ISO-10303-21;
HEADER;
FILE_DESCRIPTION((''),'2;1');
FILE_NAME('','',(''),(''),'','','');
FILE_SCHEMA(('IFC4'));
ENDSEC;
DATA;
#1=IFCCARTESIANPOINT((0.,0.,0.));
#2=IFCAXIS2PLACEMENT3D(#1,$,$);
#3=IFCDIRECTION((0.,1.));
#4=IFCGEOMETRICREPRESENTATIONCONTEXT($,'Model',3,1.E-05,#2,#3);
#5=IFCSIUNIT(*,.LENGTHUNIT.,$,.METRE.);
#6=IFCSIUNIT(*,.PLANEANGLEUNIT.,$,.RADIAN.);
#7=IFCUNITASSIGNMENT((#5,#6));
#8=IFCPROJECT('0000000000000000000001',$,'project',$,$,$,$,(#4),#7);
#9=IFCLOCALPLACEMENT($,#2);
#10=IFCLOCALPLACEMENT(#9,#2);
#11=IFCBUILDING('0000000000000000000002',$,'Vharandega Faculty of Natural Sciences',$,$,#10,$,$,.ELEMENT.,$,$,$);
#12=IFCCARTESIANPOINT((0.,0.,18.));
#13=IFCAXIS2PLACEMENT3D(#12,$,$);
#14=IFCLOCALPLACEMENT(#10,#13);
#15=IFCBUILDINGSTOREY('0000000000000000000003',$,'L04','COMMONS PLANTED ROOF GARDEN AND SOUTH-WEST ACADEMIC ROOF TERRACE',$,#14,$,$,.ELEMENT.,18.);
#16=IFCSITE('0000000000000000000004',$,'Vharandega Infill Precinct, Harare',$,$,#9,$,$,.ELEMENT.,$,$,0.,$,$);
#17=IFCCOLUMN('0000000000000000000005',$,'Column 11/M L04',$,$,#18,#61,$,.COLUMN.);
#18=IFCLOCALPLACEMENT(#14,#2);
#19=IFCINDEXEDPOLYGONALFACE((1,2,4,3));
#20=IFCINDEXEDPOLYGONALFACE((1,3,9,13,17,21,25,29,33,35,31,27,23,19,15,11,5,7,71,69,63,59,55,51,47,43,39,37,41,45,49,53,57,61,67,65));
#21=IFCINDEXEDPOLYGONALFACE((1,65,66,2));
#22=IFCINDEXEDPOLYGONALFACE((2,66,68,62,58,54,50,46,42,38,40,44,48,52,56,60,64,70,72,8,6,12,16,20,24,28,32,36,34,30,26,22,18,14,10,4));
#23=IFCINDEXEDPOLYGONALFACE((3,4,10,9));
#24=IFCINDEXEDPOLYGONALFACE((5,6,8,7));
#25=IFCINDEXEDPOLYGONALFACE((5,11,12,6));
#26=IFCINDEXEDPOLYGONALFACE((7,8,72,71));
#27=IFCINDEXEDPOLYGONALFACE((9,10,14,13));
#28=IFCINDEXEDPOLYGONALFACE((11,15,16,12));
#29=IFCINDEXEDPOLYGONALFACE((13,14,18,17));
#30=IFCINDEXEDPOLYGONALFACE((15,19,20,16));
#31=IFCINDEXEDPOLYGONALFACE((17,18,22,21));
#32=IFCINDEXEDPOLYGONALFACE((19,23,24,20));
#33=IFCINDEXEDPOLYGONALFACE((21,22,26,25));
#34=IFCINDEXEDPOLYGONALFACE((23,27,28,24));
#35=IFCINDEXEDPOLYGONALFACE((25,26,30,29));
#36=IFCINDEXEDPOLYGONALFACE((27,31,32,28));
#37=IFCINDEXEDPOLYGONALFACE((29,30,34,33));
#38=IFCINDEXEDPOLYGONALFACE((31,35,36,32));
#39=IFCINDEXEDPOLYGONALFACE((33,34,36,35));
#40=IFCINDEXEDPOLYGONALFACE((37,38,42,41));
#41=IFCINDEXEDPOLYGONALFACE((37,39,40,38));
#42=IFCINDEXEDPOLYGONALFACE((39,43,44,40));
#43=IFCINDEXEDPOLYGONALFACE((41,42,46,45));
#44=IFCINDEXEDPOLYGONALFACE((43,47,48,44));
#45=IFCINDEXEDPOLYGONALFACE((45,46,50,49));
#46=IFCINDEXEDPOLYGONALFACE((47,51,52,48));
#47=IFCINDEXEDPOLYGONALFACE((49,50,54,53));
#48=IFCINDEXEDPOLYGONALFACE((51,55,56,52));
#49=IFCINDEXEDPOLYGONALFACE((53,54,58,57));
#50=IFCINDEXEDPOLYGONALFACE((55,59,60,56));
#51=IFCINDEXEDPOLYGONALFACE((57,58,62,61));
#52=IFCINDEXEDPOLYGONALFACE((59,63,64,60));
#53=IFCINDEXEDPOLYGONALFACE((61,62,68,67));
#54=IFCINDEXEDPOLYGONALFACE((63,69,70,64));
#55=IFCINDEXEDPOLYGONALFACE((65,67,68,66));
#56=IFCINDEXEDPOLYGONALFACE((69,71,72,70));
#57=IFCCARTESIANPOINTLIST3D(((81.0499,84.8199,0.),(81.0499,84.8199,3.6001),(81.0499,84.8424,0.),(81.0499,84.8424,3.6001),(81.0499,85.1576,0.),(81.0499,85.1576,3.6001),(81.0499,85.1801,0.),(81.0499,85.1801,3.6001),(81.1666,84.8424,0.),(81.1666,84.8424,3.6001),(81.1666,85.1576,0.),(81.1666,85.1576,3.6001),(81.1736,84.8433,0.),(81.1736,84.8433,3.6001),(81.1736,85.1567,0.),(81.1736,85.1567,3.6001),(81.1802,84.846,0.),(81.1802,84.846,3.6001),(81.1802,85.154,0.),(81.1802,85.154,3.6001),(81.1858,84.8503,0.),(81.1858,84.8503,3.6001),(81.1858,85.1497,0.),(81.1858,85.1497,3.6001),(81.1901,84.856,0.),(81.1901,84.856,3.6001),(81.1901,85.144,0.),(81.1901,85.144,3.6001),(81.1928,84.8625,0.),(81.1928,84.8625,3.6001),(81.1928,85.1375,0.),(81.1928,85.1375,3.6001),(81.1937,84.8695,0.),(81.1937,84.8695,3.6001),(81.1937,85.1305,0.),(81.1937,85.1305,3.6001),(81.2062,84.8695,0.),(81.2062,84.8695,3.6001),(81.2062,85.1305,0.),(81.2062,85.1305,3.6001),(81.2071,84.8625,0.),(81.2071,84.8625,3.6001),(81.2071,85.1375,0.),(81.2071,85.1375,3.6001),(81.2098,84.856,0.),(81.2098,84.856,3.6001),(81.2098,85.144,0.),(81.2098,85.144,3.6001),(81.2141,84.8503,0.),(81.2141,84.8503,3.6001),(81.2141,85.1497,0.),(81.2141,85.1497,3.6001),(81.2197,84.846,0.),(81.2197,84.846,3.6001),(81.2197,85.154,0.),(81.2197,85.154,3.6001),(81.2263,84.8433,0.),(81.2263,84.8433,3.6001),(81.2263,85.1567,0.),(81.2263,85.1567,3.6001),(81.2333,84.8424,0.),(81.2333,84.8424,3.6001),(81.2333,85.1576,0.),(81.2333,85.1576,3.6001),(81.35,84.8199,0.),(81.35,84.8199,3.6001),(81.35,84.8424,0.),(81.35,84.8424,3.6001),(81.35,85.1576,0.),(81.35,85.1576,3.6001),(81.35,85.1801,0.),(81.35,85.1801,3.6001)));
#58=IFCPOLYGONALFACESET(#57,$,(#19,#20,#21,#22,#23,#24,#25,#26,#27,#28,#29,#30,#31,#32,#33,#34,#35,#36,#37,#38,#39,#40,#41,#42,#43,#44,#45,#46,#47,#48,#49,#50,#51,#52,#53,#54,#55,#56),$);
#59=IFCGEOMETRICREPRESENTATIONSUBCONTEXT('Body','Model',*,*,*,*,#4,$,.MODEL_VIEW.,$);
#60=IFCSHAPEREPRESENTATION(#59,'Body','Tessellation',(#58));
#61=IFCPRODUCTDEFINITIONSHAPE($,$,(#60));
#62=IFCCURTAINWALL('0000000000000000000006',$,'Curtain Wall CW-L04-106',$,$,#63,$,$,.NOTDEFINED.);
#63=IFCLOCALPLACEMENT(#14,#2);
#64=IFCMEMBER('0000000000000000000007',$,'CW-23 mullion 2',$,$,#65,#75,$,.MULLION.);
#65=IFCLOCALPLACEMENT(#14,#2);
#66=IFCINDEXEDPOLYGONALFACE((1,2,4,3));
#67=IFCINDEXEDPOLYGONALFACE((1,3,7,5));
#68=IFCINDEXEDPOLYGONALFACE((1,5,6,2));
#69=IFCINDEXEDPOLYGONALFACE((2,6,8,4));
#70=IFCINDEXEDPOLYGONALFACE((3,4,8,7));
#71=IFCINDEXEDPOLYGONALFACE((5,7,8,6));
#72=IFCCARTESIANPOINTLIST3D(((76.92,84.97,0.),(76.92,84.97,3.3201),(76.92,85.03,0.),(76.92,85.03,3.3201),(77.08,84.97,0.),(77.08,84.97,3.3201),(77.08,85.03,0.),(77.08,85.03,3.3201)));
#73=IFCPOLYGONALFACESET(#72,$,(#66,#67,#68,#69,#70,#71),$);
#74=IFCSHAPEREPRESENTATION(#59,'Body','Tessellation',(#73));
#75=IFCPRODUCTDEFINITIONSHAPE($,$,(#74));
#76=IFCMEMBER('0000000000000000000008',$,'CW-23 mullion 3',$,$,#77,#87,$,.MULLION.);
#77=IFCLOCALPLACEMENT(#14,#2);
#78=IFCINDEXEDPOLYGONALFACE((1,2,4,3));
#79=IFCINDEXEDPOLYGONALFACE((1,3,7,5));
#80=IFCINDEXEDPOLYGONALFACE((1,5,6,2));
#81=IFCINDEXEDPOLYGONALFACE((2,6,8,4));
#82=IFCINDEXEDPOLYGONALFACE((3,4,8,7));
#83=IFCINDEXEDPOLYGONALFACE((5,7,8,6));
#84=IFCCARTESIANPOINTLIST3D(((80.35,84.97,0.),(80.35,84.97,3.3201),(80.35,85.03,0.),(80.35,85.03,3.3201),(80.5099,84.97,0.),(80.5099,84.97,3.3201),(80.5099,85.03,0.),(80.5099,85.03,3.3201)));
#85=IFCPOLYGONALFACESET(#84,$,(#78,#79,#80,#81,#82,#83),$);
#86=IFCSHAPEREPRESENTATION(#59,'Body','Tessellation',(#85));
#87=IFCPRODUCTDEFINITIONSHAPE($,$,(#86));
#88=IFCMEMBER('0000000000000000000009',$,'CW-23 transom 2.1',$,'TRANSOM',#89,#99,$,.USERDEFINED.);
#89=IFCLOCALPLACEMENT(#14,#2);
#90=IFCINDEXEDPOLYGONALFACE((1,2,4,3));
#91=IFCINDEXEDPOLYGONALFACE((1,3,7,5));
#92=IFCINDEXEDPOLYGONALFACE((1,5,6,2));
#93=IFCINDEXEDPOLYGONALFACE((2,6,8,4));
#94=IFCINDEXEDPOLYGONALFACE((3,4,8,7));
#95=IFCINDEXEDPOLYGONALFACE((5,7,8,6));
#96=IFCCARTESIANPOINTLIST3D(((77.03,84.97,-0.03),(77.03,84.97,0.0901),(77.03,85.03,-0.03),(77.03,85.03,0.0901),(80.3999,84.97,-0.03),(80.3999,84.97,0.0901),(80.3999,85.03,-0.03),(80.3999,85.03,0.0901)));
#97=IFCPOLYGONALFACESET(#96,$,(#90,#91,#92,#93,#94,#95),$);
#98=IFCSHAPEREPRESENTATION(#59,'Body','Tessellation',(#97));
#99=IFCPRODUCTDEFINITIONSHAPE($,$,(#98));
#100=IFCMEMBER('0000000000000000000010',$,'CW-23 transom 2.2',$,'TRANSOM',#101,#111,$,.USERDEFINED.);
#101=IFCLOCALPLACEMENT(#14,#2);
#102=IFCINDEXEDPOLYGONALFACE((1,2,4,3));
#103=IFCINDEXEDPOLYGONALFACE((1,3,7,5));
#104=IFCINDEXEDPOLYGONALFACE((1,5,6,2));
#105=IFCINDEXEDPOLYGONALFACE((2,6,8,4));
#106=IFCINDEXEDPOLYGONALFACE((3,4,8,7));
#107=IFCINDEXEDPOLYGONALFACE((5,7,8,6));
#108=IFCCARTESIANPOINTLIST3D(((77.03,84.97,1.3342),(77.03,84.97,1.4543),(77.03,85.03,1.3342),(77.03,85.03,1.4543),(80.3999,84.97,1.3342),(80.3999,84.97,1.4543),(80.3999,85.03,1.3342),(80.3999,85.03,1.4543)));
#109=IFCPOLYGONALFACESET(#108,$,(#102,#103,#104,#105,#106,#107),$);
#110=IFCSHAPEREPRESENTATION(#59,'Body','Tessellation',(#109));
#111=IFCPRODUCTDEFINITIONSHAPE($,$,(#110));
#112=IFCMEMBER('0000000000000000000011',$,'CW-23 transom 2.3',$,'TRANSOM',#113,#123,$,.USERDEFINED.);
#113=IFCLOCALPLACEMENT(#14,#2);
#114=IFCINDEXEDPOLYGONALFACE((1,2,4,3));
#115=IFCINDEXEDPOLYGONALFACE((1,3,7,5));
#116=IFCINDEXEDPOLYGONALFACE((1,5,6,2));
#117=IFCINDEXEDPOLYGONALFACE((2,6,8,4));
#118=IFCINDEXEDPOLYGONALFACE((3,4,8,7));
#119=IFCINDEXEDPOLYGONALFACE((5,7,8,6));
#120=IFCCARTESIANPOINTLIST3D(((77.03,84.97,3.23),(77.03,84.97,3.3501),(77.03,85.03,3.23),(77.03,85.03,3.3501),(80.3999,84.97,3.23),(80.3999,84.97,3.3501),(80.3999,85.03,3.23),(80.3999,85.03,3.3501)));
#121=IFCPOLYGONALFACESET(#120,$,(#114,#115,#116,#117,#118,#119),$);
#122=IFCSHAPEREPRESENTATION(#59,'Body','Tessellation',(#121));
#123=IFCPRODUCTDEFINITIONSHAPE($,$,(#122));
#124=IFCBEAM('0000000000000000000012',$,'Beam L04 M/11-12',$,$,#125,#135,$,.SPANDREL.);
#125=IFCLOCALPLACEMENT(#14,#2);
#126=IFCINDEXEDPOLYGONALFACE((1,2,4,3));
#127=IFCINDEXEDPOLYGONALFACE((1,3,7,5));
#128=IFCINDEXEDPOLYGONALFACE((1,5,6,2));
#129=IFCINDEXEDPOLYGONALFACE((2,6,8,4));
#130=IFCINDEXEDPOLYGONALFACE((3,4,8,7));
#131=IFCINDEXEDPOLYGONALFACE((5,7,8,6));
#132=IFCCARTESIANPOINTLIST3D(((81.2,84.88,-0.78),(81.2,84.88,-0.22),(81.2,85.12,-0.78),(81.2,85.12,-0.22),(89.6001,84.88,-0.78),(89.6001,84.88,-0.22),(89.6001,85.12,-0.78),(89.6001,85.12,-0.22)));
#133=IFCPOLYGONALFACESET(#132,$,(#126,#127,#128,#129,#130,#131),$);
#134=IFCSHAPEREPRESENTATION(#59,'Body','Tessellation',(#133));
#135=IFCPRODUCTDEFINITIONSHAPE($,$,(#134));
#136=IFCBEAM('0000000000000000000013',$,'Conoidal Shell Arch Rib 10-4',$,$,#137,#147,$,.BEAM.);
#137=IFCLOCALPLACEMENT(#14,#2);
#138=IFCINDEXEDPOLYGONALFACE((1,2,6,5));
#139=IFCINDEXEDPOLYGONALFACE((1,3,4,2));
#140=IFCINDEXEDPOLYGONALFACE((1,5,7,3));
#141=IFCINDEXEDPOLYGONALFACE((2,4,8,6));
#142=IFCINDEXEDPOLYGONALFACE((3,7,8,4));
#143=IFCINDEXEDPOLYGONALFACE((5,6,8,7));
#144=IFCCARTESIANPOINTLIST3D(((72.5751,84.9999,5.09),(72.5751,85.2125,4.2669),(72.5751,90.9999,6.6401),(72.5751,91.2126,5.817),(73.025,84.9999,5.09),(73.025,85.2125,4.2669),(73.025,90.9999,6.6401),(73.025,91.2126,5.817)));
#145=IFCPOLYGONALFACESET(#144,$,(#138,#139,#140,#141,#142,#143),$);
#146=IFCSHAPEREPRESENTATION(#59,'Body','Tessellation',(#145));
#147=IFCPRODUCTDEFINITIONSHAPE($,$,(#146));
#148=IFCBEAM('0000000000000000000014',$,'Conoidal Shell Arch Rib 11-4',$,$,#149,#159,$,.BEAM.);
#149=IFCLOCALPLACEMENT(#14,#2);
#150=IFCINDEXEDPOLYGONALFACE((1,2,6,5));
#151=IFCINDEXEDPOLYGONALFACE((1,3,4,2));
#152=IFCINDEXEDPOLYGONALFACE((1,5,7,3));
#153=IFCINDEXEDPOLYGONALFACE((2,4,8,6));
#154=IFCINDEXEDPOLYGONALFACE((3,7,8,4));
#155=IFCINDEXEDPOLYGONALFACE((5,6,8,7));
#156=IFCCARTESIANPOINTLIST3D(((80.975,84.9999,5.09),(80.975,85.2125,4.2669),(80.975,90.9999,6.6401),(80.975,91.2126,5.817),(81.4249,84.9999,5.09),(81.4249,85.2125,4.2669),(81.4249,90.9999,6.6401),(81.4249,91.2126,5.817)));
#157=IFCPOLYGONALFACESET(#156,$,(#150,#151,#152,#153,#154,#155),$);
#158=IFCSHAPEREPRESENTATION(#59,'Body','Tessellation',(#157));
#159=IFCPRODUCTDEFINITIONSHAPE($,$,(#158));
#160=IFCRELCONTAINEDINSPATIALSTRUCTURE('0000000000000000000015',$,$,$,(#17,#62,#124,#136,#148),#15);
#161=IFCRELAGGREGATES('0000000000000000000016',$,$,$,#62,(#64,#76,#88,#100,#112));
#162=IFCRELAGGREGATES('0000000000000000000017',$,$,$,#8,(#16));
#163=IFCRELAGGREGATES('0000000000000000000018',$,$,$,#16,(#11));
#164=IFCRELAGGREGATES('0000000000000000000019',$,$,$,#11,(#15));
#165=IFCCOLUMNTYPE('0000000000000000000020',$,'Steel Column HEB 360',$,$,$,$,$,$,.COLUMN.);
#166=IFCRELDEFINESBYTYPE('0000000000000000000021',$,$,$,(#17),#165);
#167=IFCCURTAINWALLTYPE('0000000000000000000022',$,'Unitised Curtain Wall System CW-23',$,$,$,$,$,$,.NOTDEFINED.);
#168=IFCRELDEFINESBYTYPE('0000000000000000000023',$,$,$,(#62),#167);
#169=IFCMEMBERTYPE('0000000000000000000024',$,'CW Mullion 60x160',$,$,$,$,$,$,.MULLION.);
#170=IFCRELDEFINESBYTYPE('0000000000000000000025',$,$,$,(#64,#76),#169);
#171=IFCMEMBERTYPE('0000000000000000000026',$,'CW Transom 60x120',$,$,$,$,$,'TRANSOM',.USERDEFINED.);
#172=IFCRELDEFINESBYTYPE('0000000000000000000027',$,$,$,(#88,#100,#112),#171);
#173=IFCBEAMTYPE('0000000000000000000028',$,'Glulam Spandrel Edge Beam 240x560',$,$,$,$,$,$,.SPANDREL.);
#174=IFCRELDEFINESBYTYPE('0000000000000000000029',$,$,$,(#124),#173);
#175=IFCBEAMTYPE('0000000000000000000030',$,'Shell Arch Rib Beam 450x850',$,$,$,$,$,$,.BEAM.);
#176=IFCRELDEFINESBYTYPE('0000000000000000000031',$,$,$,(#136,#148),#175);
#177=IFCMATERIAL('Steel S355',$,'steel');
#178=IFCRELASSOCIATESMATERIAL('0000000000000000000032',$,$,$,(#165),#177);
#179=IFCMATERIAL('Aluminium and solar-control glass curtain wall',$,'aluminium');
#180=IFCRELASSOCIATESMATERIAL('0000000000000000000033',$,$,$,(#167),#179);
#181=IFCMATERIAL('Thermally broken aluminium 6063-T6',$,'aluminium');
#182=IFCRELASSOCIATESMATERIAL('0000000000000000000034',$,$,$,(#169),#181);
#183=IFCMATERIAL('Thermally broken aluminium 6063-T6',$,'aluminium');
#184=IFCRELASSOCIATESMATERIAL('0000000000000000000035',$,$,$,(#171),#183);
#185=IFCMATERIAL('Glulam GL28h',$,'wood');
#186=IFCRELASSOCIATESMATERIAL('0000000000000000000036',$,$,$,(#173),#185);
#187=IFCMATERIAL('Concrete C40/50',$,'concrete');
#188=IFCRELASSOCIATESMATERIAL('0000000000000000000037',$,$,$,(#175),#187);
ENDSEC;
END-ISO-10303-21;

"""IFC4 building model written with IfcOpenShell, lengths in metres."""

from ifc_helpers import new_model, si_unit, direction, frame, origin, origin_2d, place, context, subcontext, project, spatial, rectangle, i_section, extrude, material, material_profile, profile_set, type_object, element, aggregate, save


model = new_model("IFC4")

# Units and contexts
model_context = context("Model", 3, precision=1e-05, world=origin(), true_north=direction((0.0, 1.0)))
body_context = subcontext(model_context, "Body", "Model", "MODEL_VIEW")
ifc_project = project(units=[si_unit("LENGTHUNIT", "METRE"), si_unit("PLANEANGLEUNIT", "RADIAN")], contexts=[model_context])

# Site, building, storey
site_placement = place(None, origin())
site = spatial("IfcSite", under=ifc_project, at=site_placement, Name="Vharandega Infill Precinct, Harare", CompositionType="ELEMENT", RefElevation=0.0)
building_placement = place(site_placement, origin())
building = spatial("IfcBuilding", under=site, at=building_placement, Name="Vharandega Faculty of Natural Sciences", CompositionType="ELEMENT")
storey_placement = place(building_placement, frame((0.0, 0.0, 18.0)))
storey = spatial("IfcBuildingStorey", under=building, at=storey_placement, Name="L04", Description="COMMONS PLANTED ROOF GARDEN AND SOUTH-WEST ACADEMIC ROOF TERRACE", CompositionType="ELEMENT", Elevation=18.0)

# Column
ifc_material_1 = material(Name="Steel S355", Category="steel")
ifc_material_profile_1 = material_profile(ifc_material_1, i_section(OverallWidth=0.3, OverallDepth=0.3601, WebThickness=0.0125, FlangeThickness=0.0225, FilletRadius=0.0271, at=origin_2d()), Name="HEB 360")
ifc_profile_set_1 = profile_set([ifc_material_profile_1], Name="Steel S355")
column_type = type_object("IfcColumnType", Name="Steel Column HEB 360", PredefinedType="COLUMN", material=ifc_profile_set_1)
column_placement = place(storey_placement, frame((81.2, 85.0, 0.0), z_axis=(0.0, 0.0, 1.0), x_axis=(1.0, 0.0, 0.0)))
element("IfcColumn", 1, at=column_placement, inside=storey, type_object=column_type, Name="Column 11/M L04", PredefinedType="COLUMN", context=body_context, shape_type="SweptSolid", body=[
    extrude(i_section(OverallWidth=0.3, OverallDepth=0.3601, WebThickness=0.0125, FlangeThickness=0.0225, FilletRadius=0.0271, at=origin_2d()), origin(), (0.0, 0.0, 1.0), 3.6001),
])

# Curtain wall, members
ifc_material_2 = material(Name="Aluminium and solar-control glass curtain wall", Category="aluminium")
curtain_wall_type = type_object("IfcCurtainWallType", Name="Unitised Curtain Wall System CW-23", PredefinedType="NOTDEFINED", material=ifc_material_2)
curtain_wall_placement = place(storey_placement, origin())
curtain_wall = element("IfcCurtainWall", 2, at=curtain_wall_placement, inside=storey, type_object=curtain_wall_type, Name="Curtain Wall CW-L04-106", PredefinedType="NOTDEFINED")
ifc_material_3 = material(Name="Thermally broken aluminium 6063-T6", Category="aluminium")
ifc_material_profile_2 = material_profile(ifc_material_3, rectangle(XDim=0.0601, YDim=0.1599, at=origin_2d()), Name="ALU 60x160")
ifc_profile_set_2 = profile_set([ifc_material_profile_2], Name="Thermally broken aluminium 6063-T6")
member_type_1 = type_object("IfcMemberType", Name="CW Mullion 60x160", PredefinedType="MULLION", material=ifc_profile_set_2)
member_1_placement = place(storey_placement, frame((77.0, 85.0, 0.0), z_axis=(0.0, 0.0, 1.0), x_axis=(0.0, 1.0, 0.0)))
member_1 = element("IfcMember", 3, at=member_1_placement, type_object=member_type_1, Name="CW-23 mullion 2", PredefinedType="MULLION", context=body_context, shape_type="SweptSolid", body=[
    extrude(rectangle(XDim=0.0601, YDim=0.1599, at=origin_2d()), origin(), (0.0, 0.0, 1.0), 3.3201),
])
member_2_placement = place(storey_placement, frame((80.4299, 85.0, 0.0), z_axis=(0.0, 0.0, 1.0), x_axis=(0.0, 1.0, 0.0)))
member_2 = element("IfcMember", 4, at=member_2_placement, type_object=member_type_1, Name="CW-23 mullion 3", PredefinedType="MULLION", context=body_context, shape_type="SweptSolid", body=[
    extrude(rectangle(XDim=0.0601, YDim=0.1599, at=origin_2d()), origin(), (0.0, 0.0, 1.0), 3.3201),
])
ifc_material_4 = material(Name="Thermally broken aluminium 6063-T6", Category="aluminium")
ifc_material_profile_3 = material_profile(ifc_material_4, rectangle(XDim=0.0601, YDim=0.1201, at=origin_2d()), Name="ALU 60x120")
ifc_profile_set_3 = profile_set([ifc_material_profile_3], Name="Thermally broken aluminium 6063-T6")
member_type_2 = type_object("IfcMemberType", Name="CW Transom 60x120", ElementType="TRANSOM", PredefinedType="USERDEFINED", material=ifc_profile_set_3)
member_3_placement = place(storey_placement, frame((77.03, 85.0, 0.03), z_axis=(1.0, 0.0, 0.0), x_axis=(0.0, 1.0, 0.0)))
member_3 = element("IfcMember", 5, at=member_3_placement, type_object=member_type_2, Name="CW-23 transom 2.1", ObjectType="TRANSOM", PredefinedType="USERDEFINED", context=body_context, shape_type="SweptSolid", body=[
    extrude(rectangle(XDim=0.0601, YDim=0.1201, at=origin_2d()), origin(), (0.0, 0.0, 1.0), 3.3699),
])
member_4_placement = place(storey_placement, frame((77.03, 85.0, 1.3943), z_axis=(1.0, 0.0, 0.0), x_axis=(0.0, 1.0, 0.0)))
member_4 = element("IfcMember", 6, at=member_4_placement, type_object=member_type_2, Name="CW-23 transom 2.2", ObjectType="TRANSOM", PredefinedType="USERDEFINED", context=body_context, shape_type="SweptSolid", body=[
    extrude(rectangle(XDim=0.0601, YDim=0.1201, at=origin_2d()), origin(), (0.0, 0.0, 1.0), 3.3699),
])
member_5_placement = place(storey_placement, frame((77.03, 85.0, 3.29), z_axis=(1.0, 0.0, 0.0), x_axis=(0.0, 1.0, 0.0)))
member_5 = element("IfcMember", 7, at=member_5_placement, type_object=member_type_2, Name="CW-23 transom 2.3", ObjectType="TRANSOM", PredefinedType="USERDEFINED", context=body_context, shape_type="SweptSolid", body=[
    extrude(rectangle(XDim=0.0601, YDim=0.1201, at=origin_2d()), origin(), (0.0, 0.0, 1.0), 3.3699),
])

# Beams
ifc_material_5 = material(Name="Glulam GL28h", Category="wood")
ifc_material_profile_4 = material_profile(ifc_material_5, rectangle(XDim=0.24, YDim=0.5601, at=origin_2d()), Name="GL28h 240x560")
ifc_profile_set_4 = profile_set([ifc_material_profile_4], Name="Glulam GL28h")
beam_type_1 = type_object("IfcBeamType", Name="Glulam Spandrel Edge Beam 240x560", PredefinedType="SPANDREL", material=ifc_profile_set_4)
beam_placement = place(storey_placement, frame((81.2, 85.0, -0.5), z_axis=(1.0, 0.0, 0.0), x_axis=(0.0, 1.0, 0.0)))
element("IfcBeam", 8, at=beam_placement, inside=storey, type_object=beam_type_1, Name="Beam L04 M/11-12", PredefinedType="SPANDREL", context=body_context, shape_type="SweptSolid", body=[
    extrude(rectangle(XDim=0.24, YDim=0.5601, at=origin_2d()), origin(), (0.0, 0.0, 1.0), 8.4001),
])
ifc_material_6 = material(Name="Concrete C40/50", Category="concrete")
ifc_material_profile_5 = material_profile(ifc_material_6, rectangle(XDim=0.45, YDim=0.8501, at=origin_2d()), Name="RC 450x850")
ifc_profile_set_5 = profile_set([ifc_material_profile_5], Name="Concrete C40/50")
beam_type_2 = type_object("IfcBeamType", Name="Shell Arch Rib Beam 450x850", PredefinedType="BEAM", material=ifc_profile_set_5)
for number, where, z_axis, x_axis, name in (
    (9, (72.8, 85.1062, 4.6785), (0.0, 0.968212, 0.250129), (-1.0, 0.0, 0.0), "Conoidal Shell Arch Rib 10-4"),
    (10, (81.2, 85.1062, 4.6785), (0.0, 0.968212, 0.250129), (-1.0, 0.0, 0.0), "Conoidal Shell Arch Rib 11-4"),
):
    element("IfcBeam", number, at=place(storey_placement, frame(where, z_axis=z_axis, x_axis=x_axis)), inside=storey, type_object=beam_type_2, Name=name, PredefinedType="BEAM", context=body_context, shape_type="SweptSolid", body=[
        extrude(rectangle(XDim=0.45, YDim=0.8501, at=origin_2d()), origin(), (0.0, 0.0, 1.0), 6.197),
    ])

aggregate(curtain_wall, [member_1, member_2, member_3, member_4, member_5])

save(model, "model.ifc")
